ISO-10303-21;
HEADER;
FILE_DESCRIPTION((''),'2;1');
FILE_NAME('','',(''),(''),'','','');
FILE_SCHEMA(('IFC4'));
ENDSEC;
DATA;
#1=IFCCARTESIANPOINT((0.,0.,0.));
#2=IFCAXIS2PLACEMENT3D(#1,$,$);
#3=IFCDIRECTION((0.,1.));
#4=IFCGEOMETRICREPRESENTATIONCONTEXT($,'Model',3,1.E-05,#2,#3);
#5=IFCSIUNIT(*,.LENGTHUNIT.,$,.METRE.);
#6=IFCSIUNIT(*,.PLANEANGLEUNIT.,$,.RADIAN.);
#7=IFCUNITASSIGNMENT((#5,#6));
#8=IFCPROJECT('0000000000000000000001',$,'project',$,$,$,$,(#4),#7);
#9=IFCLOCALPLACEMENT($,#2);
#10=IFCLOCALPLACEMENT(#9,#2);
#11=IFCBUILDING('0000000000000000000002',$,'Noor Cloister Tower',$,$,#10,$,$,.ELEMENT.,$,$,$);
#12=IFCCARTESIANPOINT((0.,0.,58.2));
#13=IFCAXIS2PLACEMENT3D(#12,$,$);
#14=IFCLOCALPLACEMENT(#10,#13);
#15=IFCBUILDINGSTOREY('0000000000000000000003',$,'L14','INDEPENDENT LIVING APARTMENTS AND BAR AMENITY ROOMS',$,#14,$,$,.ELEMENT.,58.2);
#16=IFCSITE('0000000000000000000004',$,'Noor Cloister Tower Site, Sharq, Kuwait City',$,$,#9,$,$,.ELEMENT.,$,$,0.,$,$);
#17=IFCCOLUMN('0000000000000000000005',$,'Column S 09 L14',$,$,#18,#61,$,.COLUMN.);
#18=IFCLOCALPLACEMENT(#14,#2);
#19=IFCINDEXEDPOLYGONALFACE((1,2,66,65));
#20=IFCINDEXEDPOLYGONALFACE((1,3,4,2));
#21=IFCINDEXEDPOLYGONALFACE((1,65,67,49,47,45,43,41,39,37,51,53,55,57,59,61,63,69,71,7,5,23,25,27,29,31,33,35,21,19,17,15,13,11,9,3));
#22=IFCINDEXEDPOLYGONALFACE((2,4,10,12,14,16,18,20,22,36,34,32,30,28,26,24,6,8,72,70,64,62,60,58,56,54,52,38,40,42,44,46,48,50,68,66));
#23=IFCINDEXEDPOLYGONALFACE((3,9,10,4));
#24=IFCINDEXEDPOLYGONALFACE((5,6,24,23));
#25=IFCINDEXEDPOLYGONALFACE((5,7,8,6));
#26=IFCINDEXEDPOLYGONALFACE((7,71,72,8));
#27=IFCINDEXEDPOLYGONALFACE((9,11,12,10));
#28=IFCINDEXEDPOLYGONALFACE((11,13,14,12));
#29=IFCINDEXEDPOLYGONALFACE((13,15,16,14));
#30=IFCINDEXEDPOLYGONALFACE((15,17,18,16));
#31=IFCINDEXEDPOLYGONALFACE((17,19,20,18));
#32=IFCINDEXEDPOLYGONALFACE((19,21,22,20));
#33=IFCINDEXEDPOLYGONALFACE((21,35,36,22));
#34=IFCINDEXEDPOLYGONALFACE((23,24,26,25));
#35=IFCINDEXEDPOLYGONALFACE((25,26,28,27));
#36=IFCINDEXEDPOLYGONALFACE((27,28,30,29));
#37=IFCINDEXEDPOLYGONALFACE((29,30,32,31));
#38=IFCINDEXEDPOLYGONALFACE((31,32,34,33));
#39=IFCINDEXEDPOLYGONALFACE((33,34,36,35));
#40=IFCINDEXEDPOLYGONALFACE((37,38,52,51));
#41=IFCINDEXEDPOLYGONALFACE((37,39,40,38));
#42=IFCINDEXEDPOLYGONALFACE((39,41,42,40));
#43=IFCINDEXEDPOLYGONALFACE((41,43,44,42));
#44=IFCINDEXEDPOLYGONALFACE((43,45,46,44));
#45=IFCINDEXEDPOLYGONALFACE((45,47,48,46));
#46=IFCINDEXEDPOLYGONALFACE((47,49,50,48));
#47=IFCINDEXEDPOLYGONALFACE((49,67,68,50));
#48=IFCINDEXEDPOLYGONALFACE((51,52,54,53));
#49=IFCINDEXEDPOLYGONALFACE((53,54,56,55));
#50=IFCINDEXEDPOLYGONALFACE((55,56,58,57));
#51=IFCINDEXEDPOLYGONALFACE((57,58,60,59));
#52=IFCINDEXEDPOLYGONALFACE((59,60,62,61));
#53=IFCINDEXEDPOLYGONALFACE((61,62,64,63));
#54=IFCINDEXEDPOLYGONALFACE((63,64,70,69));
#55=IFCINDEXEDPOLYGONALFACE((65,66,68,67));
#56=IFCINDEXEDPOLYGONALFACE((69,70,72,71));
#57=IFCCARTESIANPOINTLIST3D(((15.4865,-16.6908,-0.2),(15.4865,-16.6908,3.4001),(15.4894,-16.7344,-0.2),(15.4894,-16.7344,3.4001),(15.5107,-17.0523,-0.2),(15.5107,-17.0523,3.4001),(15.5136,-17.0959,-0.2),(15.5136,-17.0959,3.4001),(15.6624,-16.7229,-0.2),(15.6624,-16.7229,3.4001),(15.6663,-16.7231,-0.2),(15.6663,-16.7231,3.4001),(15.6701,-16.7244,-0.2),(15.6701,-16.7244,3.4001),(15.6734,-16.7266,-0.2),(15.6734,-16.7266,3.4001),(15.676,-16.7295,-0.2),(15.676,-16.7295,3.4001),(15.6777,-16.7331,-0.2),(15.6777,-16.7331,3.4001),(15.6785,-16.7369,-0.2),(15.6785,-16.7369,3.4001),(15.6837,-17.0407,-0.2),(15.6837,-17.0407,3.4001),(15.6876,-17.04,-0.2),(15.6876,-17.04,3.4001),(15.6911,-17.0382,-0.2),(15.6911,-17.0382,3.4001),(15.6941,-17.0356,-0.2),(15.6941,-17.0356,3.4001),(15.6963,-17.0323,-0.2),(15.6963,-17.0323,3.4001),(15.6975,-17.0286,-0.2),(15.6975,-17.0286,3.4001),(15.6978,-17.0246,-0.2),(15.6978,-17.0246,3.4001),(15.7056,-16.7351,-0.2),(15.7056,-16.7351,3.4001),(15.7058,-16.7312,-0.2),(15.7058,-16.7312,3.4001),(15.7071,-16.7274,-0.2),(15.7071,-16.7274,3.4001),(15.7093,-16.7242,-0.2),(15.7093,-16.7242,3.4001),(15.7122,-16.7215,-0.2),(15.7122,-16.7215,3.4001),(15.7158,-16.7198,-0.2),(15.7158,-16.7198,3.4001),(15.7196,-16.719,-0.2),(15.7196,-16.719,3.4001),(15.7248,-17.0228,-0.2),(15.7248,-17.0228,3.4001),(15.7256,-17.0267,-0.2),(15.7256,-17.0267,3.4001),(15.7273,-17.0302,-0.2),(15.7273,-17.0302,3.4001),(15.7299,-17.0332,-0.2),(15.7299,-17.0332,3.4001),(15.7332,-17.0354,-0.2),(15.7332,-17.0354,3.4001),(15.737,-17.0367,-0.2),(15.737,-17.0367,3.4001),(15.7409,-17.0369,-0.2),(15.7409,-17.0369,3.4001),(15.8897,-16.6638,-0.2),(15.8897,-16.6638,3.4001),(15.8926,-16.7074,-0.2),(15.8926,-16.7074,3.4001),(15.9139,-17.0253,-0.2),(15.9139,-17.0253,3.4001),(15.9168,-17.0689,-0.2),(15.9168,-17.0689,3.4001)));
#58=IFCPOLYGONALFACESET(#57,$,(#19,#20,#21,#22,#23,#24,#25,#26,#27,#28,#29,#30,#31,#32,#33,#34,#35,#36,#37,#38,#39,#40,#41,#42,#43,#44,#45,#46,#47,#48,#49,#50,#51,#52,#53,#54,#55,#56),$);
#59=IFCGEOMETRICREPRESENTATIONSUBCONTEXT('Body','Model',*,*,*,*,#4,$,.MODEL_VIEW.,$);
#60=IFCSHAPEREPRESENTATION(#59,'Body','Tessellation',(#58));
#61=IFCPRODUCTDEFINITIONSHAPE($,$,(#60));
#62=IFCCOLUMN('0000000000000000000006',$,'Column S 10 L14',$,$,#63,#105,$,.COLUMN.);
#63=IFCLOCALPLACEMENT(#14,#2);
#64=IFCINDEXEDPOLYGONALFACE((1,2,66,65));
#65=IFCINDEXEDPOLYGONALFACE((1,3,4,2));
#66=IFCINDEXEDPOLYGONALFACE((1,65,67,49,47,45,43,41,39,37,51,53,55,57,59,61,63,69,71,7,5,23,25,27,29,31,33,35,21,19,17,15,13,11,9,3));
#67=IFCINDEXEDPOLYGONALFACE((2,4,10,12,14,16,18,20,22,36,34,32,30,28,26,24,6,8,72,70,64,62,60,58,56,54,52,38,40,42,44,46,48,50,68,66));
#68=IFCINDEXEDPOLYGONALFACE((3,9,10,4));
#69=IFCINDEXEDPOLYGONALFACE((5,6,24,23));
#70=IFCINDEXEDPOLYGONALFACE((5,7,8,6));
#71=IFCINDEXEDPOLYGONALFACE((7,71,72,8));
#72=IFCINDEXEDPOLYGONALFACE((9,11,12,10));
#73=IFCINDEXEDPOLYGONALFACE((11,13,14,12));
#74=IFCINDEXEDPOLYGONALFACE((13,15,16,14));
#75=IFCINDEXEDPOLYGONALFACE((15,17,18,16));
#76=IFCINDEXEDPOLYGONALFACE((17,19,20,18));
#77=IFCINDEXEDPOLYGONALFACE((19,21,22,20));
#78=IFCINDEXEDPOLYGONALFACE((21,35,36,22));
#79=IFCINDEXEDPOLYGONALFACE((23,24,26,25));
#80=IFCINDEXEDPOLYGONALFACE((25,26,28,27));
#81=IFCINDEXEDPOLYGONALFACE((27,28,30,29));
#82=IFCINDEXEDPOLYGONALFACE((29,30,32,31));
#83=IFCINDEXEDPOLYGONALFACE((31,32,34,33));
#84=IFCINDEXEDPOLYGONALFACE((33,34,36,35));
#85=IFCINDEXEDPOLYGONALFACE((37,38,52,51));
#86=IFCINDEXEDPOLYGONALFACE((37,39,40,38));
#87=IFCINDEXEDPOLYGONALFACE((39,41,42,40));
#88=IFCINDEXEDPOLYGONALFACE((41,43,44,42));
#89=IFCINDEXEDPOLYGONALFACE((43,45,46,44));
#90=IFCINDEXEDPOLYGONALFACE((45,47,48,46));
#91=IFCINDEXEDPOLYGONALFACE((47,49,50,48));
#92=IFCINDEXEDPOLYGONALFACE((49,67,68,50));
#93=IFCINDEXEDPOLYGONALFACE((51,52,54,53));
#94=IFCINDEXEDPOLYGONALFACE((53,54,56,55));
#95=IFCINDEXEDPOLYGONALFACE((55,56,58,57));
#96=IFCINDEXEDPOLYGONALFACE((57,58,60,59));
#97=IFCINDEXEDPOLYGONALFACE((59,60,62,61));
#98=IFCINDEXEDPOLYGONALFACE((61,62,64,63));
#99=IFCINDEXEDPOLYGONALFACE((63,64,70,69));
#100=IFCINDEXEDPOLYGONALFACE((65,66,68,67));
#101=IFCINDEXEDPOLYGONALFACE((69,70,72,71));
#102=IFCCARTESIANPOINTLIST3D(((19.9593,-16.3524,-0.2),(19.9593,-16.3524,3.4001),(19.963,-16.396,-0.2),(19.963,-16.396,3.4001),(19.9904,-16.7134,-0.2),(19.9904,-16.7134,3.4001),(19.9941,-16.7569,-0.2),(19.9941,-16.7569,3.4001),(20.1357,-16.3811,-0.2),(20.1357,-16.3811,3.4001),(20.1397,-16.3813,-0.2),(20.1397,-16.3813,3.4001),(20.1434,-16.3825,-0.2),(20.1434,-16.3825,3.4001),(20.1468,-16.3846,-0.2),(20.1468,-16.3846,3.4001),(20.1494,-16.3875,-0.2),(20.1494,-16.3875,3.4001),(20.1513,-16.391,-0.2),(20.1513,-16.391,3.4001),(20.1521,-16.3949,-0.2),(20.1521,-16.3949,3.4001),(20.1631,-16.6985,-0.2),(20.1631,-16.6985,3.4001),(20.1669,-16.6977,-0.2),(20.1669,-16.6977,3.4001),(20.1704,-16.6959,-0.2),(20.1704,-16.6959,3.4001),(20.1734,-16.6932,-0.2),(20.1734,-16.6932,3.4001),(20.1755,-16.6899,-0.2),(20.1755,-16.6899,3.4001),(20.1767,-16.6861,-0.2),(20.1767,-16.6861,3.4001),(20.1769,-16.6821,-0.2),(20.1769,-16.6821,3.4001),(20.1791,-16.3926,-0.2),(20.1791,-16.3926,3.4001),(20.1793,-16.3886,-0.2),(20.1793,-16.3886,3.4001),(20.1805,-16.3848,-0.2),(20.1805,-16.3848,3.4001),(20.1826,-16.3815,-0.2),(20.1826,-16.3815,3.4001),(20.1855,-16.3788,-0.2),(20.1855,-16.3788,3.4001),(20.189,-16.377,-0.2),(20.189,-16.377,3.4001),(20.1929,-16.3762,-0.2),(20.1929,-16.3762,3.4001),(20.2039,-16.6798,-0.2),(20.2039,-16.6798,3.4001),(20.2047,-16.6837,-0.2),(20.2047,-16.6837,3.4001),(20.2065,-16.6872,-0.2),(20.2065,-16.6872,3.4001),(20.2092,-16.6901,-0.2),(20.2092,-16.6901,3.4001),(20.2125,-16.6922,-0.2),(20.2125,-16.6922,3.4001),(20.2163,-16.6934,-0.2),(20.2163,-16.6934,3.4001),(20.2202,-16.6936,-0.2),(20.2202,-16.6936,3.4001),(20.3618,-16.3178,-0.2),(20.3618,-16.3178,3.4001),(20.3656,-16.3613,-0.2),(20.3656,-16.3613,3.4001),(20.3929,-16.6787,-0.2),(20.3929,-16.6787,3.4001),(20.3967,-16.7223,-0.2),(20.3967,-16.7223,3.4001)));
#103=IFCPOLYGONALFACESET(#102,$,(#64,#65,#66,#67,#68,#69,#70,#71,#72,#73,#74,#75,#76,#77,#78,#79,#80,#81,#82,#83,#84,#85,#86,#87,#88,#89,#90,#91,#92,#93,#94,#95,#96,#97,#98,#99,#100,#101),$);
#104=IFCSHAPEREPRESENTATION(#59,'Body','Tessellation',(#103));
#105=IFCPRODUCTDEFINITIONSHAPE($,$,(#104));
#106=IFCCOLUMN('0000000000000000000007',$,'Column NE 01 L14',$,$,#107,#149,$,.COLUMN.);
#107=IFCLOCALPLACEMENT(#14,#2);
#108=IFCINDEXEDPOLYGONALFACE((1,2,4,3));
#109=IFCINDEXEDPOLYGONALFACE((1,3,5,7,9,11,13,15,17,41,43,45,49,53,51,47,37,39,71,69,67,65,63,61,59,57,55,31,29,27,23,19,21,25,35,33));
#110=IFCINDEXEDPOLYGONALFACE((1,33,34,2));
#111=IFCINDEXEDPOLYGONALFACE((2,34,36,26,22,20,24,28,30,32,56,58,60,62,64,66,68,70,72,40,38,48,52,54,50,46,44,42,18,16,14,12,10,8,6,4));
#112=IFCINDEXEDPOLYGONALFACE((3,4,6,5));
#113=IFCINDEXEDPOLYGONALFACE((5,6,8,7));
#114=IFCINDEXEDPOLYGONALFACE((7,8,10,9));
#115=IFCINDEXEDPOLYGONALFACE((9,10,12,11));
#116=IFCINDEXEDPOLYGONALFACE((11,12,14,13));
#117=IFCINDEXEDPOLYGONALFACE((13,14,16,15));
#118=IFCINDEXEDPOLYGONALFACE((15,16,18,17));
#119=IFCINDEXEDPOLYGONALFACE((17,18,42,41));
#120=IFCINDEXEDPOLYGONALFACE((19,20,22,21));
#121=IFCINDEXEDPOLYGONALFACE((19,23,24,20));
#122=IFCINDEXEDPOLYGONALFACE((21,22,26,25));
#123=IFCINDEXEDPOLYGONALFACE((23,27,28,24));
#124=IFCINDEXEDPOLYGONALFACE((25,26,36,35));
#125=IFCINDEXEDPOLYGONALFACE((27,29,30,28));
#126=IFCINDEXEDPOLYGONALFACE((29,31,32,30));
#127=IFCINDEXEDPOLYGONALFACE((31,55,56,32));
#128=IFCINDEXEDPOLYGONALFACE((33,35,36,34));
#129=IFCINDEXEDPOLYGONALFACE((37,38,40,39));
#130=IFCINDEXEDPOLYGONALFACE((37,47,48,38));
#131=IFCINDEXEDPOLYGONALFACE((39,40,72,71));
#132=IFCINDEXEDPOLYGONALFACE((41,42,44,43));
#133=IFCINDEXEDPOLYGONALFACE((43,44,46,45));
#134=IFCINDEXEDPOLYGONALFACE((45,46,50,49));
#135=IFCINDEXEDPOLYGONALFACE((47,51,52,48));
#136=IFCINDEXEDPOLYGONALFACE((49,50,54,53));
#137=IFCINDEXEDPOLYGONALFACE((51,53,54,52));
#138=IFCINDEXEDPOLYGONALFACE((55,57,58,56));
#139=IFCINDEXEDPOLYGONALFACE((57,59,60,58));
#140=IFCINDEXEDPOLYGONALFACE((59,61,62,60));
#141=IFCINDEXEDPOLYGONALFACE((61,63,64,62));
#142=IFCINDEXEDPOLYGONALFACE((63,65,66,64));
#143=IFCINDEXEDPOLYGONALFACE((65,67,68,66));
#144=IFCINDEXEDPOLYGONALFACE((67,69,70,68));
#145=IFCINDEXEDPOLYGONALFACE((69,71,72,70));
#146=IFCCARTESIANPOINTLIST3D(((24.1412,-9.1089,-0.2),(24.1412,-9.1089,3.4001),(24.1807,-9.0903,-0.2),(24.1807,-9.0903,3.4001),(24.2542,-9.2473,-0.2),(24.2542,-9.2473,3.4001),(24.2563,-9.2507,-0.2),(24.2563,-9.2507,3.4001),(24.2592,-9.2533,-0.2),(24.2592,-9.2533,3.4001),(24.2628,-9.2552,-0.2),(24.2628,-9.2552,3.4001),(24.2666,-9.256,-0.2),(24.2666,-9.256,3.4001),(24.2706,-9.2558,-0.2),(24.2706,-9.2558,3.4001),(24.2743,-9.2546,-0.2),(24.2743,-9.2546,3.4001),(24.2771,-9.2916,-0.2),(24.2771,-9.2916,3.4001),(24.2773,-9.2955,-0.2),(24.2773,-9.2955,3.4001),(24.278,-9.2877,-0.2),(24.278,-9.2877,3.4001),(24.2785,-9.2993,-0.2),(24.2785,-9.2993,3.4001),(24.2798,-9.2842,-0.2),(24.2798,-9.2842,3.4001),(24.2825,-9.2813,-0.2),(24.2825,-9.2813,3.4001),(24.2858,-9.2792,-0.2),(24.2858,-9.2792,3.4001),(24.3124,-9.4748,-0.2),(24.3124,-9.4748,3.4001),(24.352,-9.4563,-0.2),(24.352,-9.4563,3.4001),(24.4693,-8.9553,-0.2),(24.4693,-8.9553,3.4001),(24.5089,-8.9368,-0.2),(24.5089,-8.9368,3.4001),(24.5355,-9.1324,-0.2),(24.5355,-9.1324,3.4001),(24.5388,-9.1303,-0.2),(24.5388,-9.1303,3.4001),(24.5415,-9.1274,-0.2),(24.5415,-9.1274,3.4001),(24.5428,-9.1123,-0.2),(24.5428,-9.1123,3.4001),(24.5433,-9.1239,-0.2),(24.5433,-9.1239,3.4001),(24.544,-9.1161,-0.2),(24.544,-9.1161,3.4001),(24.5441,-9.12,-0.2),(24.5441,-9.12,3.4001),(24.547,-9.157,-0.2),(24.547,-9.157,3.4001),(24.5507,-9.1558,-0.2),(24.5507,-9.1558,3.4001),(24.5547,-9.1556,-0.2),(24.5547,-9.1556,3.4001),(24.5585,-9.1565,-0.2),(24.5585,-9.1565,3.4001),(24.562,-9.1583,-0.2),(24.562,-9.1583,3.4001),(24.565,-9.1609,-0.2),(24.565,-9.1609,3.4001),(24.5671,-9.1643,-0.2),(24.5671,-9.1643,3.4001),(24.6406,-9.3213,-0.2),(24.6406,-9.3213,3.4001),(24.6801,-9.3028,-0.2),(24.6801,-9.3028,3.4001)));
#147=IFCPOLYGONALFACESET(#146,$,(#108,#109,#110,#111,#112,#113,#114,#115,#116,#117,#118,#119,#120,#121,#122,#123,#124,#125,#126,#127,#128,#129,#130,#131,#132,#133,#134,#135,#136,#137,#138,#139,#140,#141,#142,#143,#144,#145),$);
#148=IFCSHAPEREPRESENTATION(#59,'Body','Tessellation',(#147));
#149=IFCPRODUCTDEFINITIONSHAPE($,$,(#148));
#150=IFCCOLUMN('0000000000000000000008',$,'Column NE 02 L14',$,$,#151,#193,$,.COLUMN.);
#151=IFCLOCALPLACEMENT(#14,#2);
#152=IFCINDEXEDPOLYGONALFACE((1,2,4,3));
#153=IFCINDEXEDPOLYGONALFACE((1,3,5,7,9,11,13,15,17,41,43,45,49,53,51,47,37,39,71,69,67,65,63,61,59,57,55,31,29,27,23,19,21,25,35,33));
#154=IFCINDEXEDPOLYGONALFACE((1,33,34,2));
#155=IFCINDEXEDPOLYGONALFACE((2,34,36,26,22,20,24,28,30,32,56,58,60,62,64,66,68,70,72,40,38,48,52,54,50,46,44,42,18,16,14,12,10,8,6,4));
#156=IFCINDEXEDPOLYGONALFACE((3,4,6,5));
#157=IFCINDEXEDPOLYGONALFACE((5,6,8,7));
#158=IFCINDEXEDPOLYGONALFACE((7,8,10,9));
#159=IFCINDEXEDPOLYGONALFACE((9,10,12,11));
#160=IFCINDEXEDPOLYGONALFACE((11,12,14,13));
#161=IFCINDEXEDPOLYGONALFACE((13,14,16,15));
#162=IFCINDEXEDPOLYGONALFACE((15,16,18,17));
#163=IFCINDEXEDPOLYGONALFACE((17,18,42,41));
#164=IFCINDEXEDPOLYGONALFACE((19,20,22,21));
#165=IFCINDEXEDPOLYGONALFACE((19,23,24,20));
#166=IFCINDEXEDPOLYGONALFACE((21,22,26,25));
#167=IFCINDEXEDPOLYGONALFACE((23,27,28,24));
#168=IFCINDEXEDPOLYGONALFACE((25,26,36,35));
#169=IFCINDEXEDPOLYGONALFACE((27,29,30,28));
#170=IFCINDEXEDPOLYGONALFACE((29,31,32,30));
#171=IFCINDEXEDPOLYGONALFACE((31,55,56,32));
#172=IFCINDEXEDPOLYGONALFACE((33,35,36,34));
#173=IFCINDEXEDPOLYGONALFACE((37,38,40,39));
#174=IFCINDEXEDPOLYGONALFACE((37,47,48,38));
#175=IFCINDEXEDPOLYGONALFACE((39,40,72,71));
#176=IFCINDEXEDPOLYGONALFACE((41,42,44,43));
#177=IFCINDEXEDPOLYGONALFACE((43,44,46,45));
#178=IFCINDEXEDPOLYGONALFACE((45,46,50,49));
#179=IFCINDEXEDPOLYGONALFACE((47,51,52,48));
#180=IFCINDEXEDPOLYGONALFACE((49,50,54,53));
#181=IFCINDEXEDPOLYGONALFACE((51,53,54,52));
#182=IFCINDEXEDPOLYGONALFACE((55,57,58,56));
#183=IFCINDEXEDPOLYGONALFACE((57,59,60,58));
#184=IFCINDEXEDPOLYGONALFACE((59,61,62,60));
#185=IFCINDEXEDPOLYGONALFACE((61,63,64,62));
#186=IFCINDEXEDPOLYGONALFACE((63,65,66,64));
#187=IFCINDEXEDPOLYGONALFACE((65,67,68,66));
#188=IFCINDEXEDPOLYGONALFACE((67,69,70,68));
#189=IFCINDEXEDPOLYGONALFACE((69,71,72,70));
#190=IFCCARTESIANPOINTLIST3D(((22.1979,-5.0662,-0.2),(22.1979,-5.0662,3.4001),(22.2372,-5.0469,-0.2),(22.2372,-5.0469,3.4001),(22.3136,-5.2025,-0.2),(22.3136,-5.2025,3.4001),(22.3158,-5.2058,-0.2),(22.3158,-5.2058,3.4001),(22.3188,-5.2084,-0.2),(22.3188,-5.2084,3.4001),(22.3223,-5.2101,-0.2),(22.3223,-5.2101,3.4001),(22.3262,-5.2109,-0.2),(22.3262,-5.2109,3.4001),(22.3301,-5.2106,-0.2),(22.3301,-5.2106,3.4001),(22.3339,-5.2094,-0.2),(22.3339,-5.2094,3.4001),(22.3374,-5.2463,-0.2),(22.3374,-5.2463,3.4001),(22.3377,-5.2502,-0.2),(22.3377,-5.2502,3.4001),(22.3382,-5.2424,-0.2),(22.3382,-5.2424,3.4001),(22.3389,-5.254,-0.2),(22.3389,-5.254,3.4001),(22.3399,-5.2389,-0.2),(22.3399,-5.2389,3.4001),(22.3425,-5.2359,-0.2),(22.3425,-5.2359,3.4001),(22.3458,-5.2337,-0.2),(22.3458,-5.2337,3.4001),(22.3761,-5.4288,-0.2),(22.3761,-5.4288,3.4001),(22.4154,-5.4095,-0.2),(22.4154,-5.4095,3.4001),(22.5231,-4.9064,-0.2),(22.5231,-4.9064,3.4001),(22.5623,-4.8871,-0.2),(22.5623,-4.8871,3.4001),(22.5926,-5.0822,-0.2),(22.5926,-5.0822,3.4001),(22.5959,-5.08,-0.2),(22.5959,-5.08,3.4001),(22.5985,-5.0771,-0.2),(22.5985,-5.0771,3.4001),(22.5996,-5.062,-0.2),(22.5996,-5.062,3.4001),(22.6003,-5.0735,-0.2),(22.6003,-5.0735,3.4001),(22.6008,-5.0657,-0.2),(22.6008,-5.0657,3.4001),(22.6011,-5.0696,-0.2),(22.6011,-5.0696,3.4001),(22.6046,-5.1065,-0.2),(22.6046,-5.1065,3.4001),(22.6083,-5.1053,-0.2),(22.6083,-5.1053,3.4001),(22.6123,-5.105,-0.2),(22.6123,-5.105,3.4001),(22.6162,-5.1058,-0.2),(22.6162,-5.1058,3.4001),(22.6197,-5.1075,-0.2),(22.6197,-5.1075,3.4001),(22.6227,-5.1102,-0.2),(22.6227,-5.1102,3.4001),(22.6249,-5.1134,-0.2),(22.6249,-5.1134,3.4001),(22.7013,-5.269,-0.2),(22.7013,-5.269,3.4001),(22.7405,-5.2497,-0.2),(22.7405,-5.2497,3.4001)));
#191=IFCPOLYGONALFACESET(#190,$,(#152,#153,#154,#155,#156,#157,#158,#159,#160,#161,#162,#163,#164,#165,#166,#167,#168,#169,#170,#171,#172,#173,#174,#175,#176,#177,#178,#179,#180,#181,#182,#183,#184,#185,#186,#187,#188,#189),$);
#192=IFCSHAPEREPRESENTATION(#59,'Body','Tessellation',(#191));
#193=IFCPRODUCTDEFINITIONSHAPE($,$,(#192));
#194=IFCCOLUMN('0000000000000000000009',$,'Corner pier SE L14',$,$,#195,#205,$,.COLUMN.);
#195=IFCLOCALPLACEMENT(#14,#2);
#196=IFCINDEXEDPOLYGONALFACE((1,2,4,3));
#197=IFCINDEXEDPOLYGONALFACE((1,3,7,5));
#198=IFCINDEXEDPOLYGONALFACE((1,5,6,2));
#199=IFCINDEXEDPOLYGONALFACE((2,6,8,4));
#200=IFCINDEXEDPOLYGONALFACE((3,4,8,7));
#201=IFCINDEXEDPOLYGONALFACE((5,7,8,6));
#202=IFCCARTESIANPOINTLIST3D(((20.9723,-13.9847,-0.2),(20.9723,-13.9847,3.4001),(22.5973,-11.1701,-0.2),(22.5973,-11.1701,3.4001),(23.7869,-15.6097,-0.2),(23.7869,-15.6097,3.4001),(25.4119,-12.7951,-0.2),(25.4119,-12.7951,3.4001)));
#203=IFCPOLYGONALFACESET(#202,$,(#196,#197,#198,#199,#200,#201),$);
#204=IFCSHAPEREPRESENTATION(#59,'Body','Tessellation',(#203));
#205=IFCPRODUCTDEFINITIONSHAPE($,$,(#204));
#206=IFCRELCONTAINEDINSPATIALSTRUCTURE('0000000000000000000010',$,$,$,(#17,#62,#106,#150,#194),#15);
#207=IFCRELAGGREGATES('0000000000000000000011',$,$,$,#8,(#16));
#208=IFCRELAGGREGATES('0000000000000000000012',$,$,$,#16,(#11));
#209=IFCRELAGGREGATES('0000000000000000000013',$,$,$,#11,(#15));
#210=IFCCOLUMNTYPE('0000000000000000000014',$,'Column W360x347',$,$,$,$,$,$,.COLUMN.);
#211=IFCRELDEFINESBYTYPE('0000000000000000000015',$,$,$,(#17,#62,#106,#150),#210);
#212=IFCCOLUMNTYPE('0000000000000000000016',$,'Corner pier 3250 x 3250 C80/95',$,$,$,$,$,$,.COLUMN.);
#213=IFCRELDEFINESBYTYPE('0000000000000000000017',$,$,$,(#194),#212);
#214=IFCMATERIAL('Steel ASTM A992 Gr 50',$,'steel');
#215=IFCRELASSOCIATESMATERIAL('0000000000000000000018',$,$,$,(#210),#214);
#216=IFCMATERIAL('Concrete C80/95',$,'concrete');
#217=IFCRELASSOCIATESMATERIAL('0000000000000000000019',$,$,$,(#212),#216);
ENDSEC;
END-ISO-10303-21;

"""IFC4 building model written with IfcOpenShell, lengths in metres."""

from ifc_helpers import new_model, si_unit, direction, frame, origin, origin_2d, place, context, subcontext, project, spatial, rectangle, i_section, extrude, material, material_profile, profile_set, type_object, element, save


model = new_model("IFC4")

# Units and contexts
model_context = context("Model", 3, precision=1e-05, world=origin(), true_north=direction((0.0, 1.0)))
body_context = subcontext(model_context, "Body", "Model", "MODEL_VIEW")
ifc_project = project(units=[si_unit("LENGTHUNIT", "METRE"), si_unit("PLANEANGLEUNIT", "RADIAN")], contexts=[model_context])

# Site, building, storey
site_placement = place(None, origin())
site = spatial("IfcSite", under=ifc_project, at=site_placement, Name="Noor Cloister Tower Site, Sharq, Kuwait City", CompositionType="ELEMENT", RefElevation=0.0)
building_placement = place(site_placement, origin())
building = spatial("IfcBuilding", under=site, at=building_placement, Name="Noor Cloister Tower", CompositionType="ELEMENT")
storey_placement = place(building_placement, frame((0.0, 0.0, 58.2)))
storey = spatial("IfcBuildingStorey", under=building, at=storey_placement, Name="L14", Description="INDEPENDENT LIVING APARTMENTS AND BAR AMENITY ROOMS", CompositionType="ELEMENT", Elevation=58.2)

# Columns
ifc_material_1 = material(Name="Steel ASTM A992 Gr 50", Category="steel")
ifc_material_profile_1 = material_profile(ifc_material_1, i_section(OverallWidth=0.4041, OverallDepth=0.406, WebThickness=0.0271, FlangeThickness=0.0437, FilletRadius=0.0151, at=origin_2d()), Name="W360x347")
ifc_profile_set_1 = profile_set([ifc_material_profile_1], Name="Steel ASTM A992 Gr 50")
column_type_1 = type_object("IfcColumnType", Name="Column W360x347", PredefinedType="COLUMN", material=ifc_profile_set_1)
for number, where, z_axis, x_axis, name in (
    (1, (15.7017, -16.8799, -0.2), (0.0, 0.0, 1.0), (0.997767, 0.066787, 0.0), "Column S 09 L14"),
    (2, (20.178, -16.5374, -0.2), (0.0, 0.0, 1.0), (0.99631, 0.085828, 0.0), "Column S 10 L14"),
    (3, (24.4106, -9.2058, -0.2), (0.0, 0.0, 1.0), (-0.423826, 0.905744, 0.0), "Column NE 01 L14"),
    (4, (22.4692, -5.158, -0.2), (0.0, 0.0, 1.0), (-0.441044, 0.897485, 0.0), "Column NE 02 L14"),
):
    element("IfcColumn", number, at=place(storey_placement, frame(where, z_axis=z_axis, x_axis=x_axis)), inside=storey, type_object=column_type_1, Name=name, PredefinedType="COLUMN", context=body_context, shape_type="SweptSolid", body=[
        extrude(i_section(OverallWidth=0.4041, OverallDepth=0.406, WebThickness=0.0271, FlangeThickness=0.0437, FilletRadius=0.0151, at=origin_2d()), origin(), (0.0, 0.0, 1.0), 3.6001),
    ])
ifc_material_2 = material(Name="Concrete C80/95", Category="concrete")
ifc_material_profile_2 = material_profile(ifc_material_2, rectangle(XDim=3.25, YDim=3.25, at=origin_2d()), Name="RC 3250x3250")
ifc_profile_set_2 = profile_set([ifc_material_profile_2], Name="Concrete C80/95")
column_type_2 = type_object("IfcColumnType", Name="Corner pier 3250 x 3250 C80/95", PredefinedType="COLUMN", material=ifc_profile_set_2)
column_placement = place(storey_placement, frame((23.1921, -13.3899, -0.2), z_axis=(0.0, 0.0, 1.0), x_axis=(0.866025, -0.5, 0.0)))
element("IfcColumn", 5, at=column_placement, inside=storey, type_object=column_type_2, Name="Corner pier SE L14", PredefinedType="COLUMN", context=body_context, shape_type="SweptSolid", body=[
    extrude(rectangle(XDim=3.25, YDim=3.25, at=origin_2d()), origin(), (0.0, 0.0, 1.0), 3.6001),
])

save(model, "model.ifc")
